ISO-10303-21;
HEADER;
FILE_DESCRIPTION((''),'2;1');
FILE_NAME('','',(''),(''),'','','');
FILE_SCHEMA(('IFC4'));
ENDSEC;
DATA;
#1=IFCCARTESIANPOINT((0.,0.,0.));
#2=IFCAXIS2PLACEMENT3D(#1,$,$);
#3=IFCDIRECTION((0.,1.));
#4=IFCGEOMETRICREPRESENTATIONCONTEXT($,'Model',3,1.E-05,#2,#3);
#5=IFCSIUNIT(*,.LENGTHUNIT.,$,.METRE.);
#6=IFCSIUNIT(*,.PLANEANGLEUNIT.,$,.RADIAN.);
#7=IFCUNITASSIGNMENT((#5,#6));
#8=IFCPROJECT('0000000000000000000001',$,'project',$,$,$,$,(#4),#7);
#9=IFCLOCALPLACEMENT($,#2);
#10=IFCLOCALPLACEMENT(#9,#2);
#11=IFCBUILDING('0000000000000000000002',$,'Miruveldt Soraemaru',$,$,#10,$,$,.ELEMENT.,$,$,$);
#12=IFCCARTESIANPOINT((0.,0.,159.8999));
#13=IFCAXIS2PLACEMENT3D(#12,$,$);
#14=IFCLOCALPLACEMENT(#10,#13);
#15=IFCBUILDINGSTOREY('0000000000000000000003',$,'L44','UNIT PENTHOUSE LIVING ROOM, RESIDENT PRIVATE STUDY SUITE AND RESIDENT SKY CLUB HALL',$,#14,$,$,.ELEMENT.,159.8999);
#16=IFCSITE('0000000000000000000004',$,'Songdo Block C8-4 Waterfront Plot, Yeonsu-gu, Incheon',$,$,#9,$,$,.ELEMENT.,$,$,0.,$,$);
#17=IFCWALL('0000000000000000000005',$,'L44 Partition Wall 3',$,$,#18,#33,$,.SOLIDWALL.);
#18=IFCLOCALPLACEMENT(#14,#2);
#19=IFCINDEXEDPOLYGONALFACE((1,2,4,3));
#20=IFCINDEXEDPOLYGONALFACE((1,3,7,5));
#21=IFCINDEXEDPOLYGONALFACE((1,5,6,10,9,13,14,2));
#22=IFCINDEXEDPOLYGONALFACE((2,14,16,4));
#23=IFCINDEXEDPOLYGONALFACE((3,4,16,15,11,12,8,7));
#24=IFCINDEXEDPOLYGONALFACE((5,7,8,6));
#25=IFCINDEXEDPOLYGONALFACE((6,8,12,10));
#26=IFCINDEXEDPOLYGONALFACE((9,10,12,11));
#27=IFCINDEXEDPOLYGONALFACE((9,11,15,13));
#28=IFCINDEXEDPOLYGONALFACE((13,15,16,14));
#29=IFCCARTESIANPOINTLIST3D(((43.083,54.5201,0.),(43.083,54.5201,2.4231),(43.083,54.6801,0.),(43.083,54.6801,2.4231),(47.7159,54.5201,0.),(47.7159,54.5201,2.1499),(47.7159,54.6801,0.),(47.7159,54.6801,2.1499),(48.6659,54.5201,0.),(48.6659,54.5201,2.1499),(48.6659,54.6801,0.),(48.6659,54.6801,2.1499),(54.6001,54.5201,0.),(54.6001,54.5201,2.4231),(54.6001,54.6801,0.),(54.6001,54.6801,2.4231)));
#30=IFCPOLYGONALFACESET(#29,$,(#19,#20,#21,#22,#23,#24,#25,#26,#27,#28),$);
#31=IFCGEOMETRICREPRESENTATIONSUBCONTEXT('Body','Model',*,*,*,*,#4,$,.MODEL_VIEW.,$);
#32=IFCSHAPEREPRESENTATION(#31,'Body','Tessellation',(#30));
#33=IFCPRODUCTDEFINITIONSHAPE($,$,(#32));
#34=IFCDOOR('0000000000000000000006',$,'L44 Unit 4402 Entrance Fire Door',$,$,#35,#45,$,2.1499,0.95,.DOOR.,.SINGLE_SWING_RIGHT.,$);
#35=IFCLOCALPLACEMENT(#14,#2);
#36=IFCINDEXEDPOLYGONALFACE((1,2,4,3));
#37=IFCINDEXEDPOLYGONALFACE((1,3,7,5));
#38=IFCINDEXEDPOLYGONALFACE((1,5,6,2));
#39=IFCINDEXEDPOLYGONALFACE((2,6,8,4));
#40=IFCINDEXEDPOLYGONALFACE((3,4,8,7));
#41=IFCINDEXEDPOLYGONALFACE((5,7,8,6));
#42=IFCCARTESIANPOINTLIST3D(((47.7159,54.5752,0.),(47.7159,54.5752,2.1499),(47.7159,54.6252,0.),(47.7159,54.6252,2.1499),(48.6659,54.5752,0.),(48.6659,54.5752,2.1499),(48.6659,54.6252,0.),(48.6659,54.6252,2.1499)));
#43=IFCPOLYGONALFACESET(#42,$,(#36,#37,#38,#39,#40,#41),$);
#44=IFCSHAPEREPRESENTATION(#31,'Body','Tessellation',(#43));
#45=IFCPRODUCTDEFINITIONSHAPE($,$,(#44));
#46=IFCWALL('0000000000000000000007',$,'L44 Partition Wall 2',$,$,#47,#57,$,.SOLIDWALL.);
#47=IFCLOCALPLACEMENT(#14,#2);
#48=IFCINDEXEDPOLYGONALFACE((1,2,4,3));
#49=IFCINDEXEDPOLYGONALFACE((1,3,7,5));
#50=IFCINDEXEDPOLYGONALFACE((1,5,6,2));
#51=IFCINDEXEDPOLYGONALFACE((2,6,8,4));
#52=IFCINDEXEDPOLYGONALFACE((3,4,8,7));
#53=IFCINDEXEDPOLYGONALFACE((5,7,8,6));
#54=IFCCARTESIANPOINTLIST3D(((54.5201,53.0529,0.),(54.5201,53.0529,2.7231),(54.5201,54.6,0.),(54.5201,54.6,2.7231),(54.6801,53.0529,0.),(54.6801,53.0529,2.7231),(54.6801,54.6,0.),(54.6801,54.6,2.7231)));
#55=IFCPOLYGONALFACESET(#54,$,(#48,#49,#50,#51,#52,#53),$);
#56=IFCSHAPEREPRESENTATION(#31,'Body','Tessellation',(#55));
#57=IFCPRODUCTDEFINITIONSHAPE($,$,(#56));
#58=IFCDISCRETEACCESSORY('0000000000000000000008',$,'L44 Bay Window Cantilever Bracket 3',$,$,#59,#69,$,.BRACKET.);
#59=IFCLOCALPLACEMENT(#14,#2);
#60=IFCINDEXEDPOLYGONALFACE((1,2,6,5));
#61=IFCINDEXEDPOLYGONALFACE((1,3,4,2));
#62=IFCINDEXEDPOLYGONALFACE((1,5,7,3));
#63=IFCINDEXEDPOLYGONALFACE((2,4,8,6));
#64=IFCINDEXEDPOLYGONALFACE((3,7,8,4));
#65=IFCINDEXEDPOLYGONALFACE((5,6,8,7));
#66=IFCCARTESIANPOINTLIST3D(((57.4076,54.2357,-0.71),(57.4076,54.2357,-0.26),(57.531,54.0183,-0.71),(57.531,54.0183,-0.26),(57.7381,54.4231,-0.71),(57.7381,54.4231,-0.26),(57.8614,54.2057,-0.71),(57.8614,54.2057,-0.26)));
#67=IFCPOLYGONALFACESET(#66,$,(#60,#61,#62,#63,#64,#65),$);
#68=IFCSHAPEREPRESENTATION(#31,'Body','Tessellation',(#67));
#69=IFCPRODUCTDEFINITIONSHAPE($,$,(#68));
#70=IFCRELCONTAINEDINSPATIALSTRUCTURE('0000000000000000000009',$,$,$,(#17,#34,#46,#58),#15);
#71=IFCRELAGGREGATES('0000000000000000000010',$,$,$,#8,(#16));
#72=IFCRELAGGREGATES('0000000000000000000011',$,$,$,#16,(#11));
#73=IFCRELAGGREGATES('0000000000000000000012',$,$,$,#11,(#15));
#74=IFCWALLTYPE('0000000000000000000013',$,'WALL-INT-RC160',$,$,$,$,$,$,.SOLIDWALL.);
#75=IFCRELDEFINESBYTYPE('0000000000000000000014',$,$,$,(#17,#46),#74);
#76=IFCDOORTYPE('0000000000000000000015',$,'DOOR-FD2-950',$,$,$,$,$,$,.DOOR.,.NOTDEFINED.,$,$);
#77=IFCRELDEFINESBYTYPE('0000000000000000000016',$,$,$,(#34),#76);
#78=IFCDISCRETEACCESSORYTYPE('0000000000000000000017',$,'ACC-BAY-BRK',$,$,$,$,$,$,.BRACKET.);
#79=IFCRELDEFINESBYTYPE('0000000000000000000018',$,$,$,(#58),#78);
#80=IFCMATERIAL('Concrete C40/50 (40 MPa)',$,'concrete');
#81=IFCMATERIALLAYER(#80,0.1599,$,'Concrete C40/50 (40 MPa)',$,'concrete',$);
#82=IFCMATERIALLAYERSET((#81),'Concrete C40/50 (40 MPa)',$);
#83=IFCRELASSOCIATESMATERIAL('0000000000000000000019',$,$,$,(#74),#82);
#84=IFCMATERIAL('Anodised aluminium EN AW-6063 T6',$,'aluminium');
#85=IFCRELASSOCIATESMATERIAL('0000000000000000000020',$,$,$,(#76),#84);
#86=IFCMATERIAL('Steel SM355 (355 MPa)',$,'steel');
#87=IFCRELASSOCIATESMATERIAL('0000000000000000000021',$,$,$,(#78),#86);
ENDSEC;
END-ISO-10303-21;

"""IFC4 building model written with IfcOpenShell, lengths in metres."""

from ifc_helpers import new_model, si_unit, direction, frame, frame_2d, origin, origin_2d, place, context, subcontext, project, spatial, rectangle, extrude, material, layer, layer_set, type_object, element, fill, save


model = new_model("IFC4")

# Units and contexts
model_context = context("Model", 3, precision=1e-05, world=origin(), true_north=direction((0.0, 1.0)))
body_context = subcontext(model_context, "Body", "Model", "MODEL_VIEW")
ifc_project = project(units=[si_unit("LENGTHUNIT", "METRE"), si_unit("PLANEANGLEUNIT", "RADIAN")], contexts=[model_context])

# Site, building, storey
site_placement = place(None, origin())
site = spatial("IfcSite", under=ifc_project, at=site_placement, Name="Songdo Block C8-4 Waterfront Plot, Yeonsu-gu, Incheon", CompositionType="ELEMENT", RefElevation=0.0)
building_placement = place(site_placement, origin())
building = spatial("IfcBuilding", under=site, at=building_placement, Name="Miruveldt Soraemaru", CompositionType="ELEMENT")
storey_placement = place(building_placement, frame((0.0, 0.0, 159.8999)))
storey = spatial("IfcBuildingStorey", under=building, at=storey_placement, Name="L44", Description="UNIT PENTHOUSE LIVING ROOM, RESIDENT PRIVATE STUDY SUITE AND RESIDENT SKY CLUB HALL", CompositionType="ELEMENT", Elevation=159.8999)

# Shared definitions
ifc_material_1 = material(Name="Anodised aluminium EN AW-6063 T6", Category="aluminium")

# Wall, opening, door
ifc_material_2 = material(Name="Concrete C40/50 (40 MPa)", Category="concrete")
ifc_layer_1 = layer(ifc_material_2, 0.1599, Name="Concrete C40/50 (40 MPa)", Category="concrete")
ifc_layer_set_1 = layer_set([ifc_layer_1], Name="Concrete C40/50 (40 MPa)")
wall_type_1 = type_object("IfcWallType", Name="WALL-INT-RC160", PredefinedType="SOLIDWALL", material=ifc_layer_set_1)
wall_1_placement = place(storey_placement, frame((54.6001, 54.6001, 0.0), z_axis=(0.0, 0.0, 1.0), x_axis=(-1.0, 0.0, 0.0)))
wall_1 = element("IfcWall", 1, at=wall_1_placement, inside=storey, type_object=wall_type_1, Name="L44 Partition Wall 3", PredefinedType="SOLIDWALL", context=body_context, shape_type="SweptSolid", body=[
    extrude(rectangle(XDim=11.5171, YDim=0.1599, at=frame_2d((5.7585, 0.0))), origin(), (0.0, 0.0, 1.0), 2.4231),
])
opening_1_placement = place(wall_1_placement, frame((5.9341, 0.0, 0.0)))
opening_1 = element("IfcOpeningElement", 2, at=opening_1_placement, cuts=wall_1, PredefinedType="OPENING", context=body_context, shape_type="SweptSolid", body=[
    extrude(rectangle(XDim=0.95, YDim=2.1499, at=frame_2d((0.4751, 1.075))), frame((0.0, 0.0898, 0.0), z_axis=(0.0, -1.0, 0.0), x_axis=(1.0, 0.0, 0.0)), (0.0, 0.0, 1.0), 0.1799),
])
door_type_1 = type_object("IfcDoorType", Name="DOOR-FD2-950", OperationType="NOTDEFINED", PredefinedType="DOOR", material=ifc_material_1)
door_1_placement = place(opening_1_placement, origin())
door_1 = element("IfcDoor", 3, at=door_1_placement, inside=storey, type_object=door_type_1, Name="L44 Unit 4402 Entrance Fire Door", OperationType="SINGLE_SWING_RIGHT", OverallHeight=2.1499, OverallWidth=0.95, PredefinedType="DOOR", context=body_context, shape_type="SweptSolid", body=[
    extrude(rectangle(XDim=0.95, YDim=2.1499, at=frame_2d((0.4751, 1.075))), frame((0.0, 0.0249, 0.0), z_axis=(0.0, -1.0, 0.0), x_axis=(1.0, 0.0, 0.0)), (0.0, 0.0, 1.0), 0.05),
])
fill(opening_1, door_1)

# Wall
wall_2_placement = place(storey_placement, frame((54.6001, 53.053, 0.0), z_axis=(0.0, 0.0, 1.0), x_axis=(0.0, 1.0, 0.0)))
element("IfcWall", 4, at=wall_2_placement, inside=storey, type_object=wall_type_1, Name="L44 Partition Wall 2", PredefinedType="SOLIDWALL", context=body_context, shape_type="SweptSolid", body=[
    extrude(rectangle(XDim=1.5471, YDim=0.1599, at=frame_2d((0.7734, 0.0))), origin(), (0.0, 0.0, 1.0), 2.7231),
])

# Discrete accessory
ifc_material_3 = material(Name="Steel SM355 (355 MPa)", Category="steel")
discrete_accessory_type = type_object("IfcDiscreteAccessoryType", Name="ACC-BAY-BRK", PredefinedType="BRACKET", material=ifc_material_3)
discrete_accessory_placement = place(storey_placement, frame((57.6345, 54.2207, -0.71), z_axis=(0.0, 0.0, 1.0), x_axis=(0.869831, 0.49335, 0.0)))
element("IfcDiscreteAccessory", 5, at=discrete_accessory_placement, inside=storey, type_object=discrete_accessory_type, Name="L44 Bay Window Cantilever Bracket 3", PredefinedType="BRACKET", context=body_context, shape_type="SweptSolid", body=[
    extrude(rectangle(XDim=0.3799, YDim=0.25, at=origin_2d()), origin(), (0.0, 0.0, 1.0), 0.45),
])

save(model, "model.ifc")
